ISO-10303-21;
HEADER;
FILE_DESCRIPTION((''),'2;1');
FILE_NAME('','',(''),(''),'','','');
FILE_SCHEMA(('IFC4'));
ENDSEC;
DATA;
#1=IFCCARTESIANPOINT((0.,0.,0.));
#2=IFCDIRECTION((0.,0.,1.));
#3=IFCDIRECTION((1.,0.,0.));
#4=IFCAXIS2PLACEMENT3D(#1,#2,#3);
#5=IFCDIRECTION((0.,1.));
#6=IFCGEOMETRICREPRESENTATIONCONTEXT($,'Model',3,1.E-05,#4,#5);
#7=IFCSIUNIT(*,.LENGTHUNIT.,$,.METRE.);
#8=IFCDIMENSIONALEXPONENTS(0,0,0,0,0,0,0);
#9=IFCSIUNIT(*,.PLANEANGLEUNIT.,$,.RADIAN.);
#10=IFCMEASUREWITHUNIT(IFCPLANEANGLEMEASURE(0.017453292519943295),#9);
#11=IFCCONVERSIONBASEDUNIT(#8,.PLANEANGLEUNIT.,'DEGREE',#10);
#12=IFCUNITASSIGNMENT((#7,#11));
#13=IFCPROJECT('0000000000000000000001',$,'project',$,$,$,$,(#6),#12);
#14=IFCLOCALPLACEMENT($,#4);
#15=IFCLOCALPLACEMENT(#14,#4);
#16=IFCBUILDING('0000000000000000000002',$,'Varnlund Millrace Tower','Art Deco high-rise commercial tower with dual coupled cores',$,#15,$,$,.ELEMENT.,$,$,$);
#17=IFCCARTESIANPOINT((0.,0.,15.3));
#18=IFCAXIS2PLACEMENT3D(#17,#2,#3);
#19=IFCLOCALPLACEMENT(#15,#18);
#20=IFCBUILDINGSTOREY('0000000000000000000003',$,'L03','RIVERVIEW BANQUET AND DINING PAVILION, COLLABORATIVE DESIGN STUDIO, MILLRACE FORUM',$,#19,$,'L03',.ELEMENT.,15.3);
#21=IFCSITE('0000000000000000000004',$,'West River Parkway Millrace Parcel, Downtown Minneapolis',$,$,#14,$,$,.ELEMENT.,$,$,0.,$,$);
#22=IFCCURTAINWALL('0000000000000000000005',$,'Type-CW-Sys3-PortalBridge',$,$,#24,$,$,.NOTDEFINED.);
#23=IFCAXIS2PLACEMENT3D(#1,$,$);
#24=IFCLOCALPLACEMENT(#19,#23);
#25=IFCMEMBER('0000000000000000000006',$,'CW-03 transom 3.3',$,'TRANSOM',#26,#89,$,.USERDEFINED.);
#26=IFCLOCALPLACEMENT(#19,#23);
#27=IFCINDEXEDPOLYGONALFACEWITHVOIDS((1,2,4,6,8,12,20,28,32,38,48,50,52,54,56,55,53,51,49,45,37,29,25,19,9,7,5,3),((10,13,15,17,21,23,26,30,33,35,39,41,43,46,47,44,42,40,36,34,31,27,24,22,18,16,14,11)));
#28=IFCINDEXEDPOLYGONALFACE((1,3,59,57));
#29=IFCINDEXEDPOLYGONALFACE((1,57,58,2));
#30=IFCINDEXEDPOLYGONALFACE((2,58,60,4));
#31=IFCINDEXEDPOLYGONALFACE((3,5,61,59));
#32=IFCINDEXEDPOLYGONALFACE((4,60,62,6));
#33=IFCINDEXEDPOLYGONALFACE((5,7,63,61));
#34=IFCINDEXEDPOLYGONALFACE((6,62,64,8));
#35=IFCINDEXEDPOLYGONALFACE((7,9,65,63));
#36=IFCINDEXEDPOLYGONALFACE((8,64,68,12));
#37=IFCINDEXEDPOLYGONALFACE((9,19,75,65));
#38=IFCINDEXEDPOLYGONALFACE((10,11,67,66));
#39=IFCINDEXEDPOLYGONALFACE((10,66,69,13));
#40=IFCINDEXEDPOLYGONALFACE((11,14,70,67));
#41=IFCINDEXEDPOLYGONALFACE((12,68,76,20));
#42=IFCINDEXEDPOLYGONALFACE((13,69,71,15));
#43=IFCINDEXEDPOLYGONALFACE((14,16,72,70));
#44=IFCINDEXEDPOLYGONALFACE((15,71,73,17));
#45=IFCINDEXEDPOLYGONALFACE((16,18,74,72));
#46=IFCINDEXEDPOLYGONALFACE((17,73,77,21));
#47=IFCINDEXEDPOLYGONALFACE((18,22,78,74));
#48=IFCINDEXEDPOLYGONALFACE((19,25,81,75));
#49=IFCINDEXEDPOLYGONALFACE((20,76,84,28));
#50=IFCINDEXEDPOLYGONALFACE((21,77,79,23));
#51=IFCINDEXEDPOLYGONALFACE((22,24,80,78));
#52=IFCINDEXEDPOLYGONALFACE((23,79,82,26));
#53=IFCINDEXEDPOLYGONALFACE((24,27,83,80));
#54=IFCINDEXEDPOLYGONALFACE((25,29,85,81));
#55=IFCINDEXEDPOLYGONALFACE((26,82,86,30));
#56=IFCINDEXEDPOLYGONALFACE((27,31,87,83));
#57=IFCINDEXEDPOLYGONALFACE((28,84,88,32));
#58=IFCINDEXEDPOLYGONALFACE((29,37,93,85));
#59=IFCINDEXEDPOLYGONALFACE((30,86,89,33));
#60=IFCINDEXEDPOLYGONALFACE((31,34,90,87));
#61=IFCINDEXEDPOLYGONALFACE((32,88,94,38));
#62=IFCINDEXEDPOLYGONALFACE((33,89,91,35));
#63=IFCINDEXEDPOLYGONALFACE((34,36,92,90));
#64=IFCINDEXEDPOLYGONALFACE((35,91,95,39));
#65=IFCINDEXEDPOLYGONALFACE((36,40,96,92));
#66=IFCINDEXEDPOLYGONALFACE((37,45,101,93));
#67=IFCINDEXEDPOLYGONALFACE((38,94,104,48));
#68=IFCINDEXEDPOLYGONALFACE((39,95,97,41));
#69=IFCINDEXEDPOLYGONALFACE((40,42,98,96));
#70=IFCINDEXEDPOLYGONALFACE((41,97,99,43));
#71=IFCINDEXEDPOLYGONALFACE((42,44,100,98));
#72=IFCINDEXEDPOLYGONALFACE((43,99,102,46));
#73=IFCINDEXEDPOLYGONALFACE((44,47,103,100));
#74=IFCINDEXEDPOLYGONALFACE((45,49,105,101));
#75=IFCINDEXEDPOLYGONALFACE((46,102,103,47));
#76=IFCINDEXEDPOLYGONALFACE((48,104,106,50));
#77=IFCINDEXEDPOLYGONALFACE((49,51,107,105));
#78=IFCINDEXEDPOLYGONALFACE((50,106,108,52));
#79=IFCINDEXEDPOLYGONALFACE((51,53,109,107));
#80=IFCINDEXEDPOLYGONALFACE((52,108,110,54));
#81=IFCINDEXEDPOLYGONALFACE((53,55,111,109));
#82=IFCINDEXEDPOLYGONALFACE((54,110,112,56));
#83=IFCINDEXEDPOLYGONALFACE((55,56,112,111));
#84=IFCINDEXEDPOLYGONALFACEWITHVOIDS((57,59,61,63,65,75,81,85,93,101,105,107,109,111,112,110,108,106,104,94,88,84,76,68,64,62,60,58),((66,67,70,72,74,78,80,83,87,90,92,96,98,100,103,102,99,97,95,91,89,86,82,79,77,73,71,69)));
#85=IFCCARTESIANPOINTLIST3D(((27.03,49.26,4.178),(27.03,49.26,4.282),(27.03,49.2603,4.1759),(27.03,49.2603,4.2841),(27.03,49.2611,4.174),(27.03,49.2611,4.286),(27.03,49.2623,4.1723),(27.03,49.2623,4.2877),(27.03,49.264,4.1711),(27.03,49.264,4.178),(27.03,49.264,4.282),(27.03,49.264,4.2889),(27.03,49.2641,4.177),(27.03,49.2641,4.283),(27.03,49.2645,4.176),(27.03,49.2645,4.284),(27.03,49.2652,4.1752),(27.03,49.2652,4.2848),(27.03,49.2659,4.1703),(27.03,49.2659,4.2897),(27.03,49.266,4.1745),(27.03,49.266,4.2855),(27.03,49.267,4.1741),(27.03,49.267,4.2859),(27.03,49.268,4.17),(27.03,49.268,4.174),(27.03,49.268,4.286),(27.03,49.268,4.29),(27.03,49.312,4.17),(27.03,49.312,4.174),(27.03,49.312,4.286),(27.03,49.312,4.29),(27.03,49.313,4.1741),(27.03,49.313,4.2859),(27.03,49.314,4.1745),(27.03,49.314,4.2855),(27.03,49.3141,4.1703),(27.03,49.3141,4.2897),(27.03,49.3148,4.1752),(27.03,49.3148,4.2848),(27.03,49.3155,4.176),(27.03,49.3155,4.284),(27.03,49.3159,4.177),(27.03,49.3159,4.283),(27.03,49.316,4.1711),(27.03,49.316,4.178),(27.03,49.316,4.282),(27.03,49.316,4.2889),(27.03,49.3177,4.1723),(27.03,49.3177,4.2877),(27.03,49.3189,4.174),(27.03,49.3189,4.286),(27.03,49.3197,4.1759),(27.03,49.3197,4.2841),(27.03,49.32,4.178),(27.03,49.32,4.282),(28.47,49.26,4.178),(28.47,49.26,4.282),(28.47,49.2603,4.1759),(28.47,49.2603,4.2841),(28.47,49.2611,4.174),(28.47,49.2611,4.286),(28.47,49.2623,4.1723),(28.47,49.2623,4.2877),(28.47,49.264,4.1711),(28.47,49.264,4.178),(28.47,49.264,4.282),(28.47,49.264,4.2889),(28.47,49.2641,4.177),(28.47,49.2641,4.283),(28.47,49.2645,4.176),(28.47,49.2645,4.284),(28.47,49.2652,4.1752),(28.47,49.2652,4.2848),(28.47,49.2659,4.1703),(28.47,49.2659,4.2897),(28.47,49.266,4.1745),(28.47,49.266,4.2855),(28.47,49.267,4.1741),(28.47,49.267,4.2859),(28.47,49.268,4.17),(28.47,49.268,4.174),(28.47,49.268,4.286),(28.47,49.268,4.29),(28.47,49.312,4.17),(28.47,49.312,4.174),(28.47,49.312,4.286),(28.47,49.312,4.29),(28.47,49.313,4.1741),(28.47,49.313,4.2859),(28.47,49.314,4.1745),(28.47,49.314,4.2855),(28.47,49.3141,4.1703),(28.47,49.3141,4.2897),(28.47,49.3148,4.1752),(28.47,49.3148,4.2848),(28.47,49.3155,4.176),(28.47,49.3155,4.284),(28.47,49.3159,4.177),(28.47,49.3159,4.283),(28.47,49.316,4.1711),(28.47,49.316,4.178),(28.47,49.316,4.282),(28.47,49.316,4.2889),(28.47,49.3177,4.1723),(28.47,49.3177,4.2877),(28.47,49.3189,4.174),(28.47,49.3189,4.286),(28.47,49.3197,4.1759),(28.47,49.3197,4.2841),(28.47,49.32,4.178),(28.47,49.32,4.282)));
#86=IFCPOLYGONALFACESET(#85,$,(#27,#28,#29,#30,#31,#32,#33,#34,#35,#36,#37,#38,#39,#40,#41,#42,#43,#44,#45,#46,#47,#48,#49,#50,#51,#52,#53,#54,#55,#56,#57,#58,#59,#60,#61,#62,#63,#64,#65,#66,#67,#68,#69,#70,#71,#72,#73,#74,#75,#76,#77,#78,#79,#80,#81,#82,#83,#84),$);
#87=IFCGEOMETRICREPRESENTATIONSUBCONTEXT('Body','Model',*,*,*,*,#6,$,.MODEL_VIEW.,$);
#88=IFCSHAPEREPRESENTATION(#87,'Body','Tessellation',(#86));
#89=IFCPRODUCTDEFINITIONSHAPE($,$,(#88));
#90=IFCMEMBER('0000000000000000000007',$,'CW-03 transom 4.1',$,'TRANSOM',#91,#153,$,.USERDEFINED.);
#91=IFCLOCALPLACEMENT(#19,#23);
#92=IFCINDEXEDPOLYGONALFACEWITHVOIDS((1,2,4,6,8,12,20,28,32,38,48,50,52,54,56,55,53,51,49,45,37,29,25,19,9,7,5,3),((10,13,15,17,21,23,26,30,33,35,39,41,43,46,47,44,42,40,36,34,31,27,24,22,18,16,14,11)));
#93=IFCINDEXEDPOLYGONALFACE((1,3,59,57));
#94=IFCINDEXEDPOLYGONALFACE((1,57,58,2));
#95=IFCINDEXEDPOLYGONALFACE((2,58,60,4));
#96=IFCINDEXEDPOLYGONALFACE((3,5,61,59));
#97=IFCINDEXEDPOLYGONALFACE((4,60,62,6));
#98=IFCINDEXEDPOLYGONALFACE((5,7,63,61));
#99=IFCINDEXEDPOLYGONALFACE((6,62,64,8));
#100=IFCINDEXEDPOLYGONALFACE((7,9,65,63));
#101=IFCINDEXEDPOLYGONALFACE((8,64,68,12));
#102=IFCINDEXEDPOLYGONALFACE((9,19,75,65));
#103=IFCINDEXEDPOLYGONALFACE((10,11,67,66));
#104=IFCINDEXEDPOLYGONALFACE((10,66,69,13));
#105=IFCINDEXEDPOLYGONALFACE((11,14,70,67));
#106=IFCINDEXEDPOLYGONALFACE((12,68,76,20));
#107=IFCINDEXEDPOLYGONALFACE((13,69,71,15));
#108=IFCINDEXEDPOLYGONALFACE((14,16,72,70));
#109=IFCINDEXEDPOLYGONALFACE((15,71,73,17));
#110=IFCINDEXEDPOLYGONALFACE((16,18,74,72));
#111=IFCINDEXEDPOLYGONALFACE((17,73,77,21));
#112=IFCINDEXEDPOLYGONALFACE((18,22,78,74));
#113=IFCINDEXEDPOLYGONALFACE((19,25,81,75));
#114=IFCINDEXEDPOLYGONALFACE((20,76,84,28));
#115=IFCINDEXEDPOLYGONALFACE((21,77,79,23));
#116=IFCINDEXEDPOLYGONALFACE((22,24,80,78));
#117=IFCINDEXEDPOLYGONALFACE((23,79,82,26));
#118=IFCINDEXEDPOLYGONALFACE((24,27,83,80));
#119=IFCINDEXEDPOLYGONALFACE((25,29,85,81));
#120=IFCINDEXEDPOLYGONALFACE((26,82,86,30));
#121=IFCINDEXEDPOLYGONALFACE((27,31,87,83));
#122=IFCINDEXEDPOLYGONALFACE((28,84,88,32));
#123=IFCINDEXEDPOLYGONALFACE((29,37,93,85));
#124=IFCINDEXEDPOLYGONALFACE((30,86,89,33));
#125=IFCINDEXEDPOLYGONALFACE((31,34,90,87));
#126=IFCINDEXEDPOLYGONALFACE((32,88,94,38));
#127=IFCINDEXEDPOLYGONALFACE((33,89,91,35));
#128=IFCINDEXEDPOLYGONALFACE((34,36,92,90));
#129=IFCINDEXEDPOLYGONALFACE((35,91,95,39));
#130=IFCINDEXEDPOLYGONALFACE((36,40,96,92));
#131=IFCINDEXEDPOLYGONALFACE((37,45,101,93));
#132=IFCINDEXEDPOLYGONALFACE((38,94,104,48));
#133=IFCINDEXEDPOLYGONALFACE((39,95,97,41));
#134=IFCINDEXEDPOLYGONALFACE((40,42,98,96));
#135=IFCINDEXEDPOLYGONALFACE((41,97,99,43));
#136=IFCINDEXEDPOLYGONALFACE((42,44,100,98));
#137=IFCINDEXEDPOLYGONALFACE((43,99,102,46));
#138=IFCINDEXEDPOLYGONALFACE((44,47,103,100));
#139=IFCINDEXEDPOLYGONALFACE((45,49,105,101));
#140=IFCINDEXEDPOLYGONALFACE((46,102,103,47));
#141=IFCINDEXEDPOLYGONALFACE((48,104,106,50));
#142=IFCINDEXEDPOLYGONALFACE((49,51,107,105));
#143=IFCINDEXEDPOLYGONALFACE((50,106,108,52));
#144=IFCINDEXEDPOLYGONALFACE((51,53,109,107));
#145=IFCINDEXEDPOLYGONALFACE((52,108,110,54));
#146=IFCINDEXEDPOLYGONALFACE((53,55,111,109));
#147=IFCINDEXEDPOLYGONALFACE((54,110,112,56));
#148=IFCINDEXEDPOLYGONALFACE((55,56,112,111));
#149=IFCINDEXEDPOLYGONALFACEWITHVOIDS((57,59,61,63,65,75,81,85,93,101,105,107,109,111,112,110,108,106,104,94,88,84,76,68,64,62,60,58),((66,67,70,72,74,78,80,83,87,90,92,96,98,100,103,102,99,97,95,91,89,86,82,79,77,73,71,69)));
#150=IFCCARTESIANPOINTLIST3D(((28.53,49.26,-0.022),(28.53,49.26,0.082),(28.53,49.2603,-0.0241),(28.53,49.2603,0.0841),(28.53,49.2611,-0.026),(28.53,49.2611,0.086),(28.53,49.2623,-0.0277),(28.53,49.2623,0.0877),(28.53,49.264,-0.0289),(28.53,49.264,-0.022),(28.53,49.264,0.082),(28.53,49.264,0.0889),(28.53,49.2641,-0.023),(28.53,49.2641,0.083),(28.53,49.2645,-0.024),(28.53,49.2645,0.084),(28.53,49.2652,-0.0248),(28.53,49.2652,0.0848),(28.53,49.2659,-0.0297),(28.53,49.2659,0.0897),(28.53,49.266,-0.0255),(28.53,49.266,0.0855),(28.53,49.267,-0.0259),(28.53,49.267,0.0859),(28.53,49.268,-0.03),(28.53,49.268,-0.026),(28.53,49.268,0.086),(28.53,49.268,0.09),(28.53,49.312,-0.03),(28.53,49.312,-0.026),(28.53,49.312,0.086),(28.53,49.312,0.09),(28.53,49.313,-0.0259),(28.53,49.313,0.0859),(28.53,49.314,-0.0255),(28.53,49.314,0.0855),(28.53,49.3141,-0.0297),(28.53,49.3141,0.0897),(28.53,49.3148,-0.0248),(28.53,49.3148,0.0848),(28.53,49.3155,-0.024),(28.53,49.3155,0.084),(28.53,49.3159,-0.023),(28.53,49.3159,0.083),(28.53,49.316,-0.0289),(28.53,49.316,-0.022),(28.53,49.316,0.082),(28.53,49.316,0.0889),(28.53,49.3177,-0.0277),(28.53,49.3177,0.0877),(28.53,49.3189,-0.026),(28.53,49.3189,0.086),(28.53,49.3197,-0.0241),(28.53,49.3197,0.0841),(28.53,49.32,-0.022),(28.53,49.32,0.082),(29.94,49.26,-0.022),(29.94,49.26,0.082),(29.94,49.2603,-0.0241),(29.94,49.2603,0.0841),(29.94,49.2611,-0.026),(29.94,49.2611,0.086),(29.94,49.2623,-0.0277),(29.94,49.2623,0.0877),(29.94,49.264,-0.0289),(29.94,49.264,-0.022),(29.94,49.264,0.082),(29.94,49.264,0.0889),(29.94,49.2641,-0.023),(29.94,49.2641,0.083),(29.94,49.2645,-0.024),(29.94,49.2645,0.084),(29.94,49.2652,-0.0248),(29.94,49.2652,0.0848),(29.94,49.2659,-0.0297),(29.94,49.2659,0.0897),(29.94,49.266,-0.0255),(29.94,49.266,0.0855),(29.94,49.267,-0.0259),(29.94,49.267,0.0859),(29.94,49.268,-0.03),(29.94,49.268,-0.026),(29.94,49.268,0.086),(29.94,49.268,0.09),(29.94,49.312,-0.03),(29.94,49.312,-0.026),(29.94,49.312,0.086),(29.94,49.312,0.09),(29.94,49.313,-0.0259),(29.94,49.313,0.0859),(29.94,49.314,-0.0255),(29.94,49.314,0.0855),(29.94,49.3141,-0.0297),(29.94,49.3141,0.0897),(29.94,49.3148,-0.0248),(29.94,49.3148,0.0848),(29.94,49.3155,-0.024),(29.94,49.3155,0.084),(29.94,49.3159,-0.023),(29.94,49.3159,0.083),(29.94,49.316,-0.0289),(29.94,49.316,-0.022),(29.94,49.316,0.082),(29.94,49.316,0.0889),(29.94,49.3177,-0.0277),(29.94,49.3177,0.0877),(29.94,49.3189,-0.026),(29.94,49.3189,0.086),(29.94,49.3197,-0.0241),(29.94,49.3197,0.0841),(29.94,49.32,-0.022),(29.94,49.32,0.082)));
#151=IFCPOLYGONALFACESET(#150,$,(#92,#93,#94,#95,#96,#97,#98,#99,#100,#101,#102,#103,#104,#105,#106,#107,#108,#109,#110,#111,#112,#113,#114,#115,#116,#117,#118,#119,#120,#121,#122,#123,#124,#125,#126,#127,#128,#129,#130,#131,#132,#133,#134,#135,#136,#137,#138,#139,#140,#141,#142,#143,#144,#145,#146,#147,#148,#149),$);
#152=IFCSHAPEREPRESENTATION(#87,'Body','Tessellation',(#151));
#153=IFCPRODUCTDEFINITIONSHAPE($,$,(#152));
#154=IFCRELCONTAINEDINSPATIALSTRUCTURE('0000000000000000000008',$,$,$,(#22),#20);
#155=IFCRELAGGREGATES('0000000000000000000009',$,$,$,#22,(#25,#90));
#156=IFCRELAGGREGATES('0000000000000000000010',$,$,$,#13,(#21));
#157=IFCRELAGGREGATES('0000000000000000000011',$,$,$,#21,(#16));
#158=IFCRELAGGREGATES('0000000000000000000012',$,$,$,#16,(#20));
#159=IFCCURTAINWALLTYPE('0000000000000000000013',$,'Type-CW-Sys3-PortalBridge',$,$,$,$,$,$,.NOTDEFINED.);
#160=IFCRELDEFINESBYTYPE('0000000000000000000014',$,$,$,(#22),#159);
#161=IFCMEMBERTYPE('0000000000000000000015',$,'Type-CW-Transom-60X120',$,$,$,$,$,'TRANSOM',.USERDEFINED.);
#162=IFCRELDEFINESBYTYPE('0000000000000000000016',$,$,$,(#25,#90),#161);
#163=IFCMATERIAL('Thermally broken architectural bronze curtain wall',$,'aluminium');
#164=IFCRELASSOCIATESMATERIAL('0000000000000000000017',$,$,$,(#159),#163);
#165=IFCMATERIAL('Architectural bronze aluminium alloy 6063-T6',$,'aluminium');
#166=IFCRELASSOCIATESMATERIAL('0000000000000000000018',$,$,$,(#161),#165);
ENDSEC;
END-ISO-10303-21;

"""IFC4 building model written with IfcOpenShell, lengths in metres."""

from ifc_helpers import new_model, entity, si_unit, converted_unit, direction, frame, origin_with_axes, origin_2d_with_axis, place, context, subcontext, project, spatial, hollow_rectangle, extrude, material, material_profile, profile_set, type_object, element, aggregate, save


model = new_model("IFC4")

# Units and contexts
model_context = context("Model", 3, precision=1e-05, world=origin_with_axes(), true_north=direction((0.0, 1.0)))
body_context = subcontext(model_context, "Body", "Model", "MODEL_VIEW")
ifc_project = project(units=[si_unit("LENGTHUNIT", "METRE"), converted_unit("PLANEANGLEUNIT", "DEGREE", entity("IfcPlaneAngleMeasure", 0.017453292519943295), si_unit("PLANEANGLEUNIT", "RADIAN"), dimensions=[0, 0, 0, 0, 0, 0, 0])], contexts=[model_context])

# Site, building, storey
site_placement = place(None, origin_with_axes())
site = spatial("IfcSite", under=ifc_project, at=site_placement, Name="West River Parkway Millrace Parcel, Downtown Minneapolis", CompositionType="ELEMENT", RefElevation=0.0)
building_placement = place(site_placement, origin_with_axes())
building = spatial("IfcBuilding", under=site, at=building_placement, Name="Varnlund Millrace Tower", Description="Art Deco high-rise commercial tower with dual coupled cores", CompositionType="ELEMENT")
storey_placement = place(building_placement, frame((0.0, 0.0, 15.3), z_axis=(0.0, 0.0, 1.0), x_axis=(1.0, 0.0, 0.0)))
storey = spatial("IfcBuildingStorey", under=building, at=storey_placement, Name="L03", Description="RIVERVIEW BANQUET AND DINING PAVILION, COLLABORATIVE DESIGN STUDIO, MILLRACE FORUM", LongName="L03", CompositionType="ELEMENT", Elevation=15.3)

# Curtain wall, members
ifc_material_1 = material(Name="Thermally broken architectural bronze curtain wall", Category="aluminium")
curtain_wall_type = type_object("IfcCurtainWallType", Name="Type-CW-Sys3-PortalBridge", PredefinedType="NOTDEFINED", material=ifc_material_1)
curtain_wall_placement = place(storey_placement, frame((24.0, 49.29, 0.0), z_axis=(0.0, 0.0, 1.0), x_axis=(1.0, 0.0, 0.0)))
curtain_wall = element("IfcCurtainWall", 1, at=curtain_wall_placement, inside=storey, type_object=curtain_wall_type, Name="Type-CW-Sys3-PortalBridge", PredefinedType="NOTDEFINED")
ifc_material_2 = material(Name="Architectural bronze aluminium alloy 6063-T6", Category="aluminium")
ifc_material_profile_1 = material_profile(ifc_material_2, hollow_rectangle(XDim=0.06, YDim=0.12, WallThickness=0.004, InnerFilletRadius=0.004, OuterFilletRadius=0.008, at=origin_2d_with_axis()), Name="Architectural bronze aluminium alloy 6063-T6")
ifc_profile_set_1 = profile_set([ifc_material_profile_1], Name="Architectural bronze aluminium alloy 6063-T6")
member_type_1 = type_object("IfcMemberType", Name="Type-CW-Transom-60X120", ElementType="TRANSOM", PredefinedType="USERDEFINED", material=ifc_profile_set_1)
member_1_placement = place(storey_placement, frame((27.03, 49.29, 4.23), z_axis=(1.0, 0.0, 0.0), x_axis=(0.0, 1.0, 0.0)))
member_1 = element("IfcMember", 2, at=member_1_placement, type_object=member_type_1, Name="CW-03 transom 3.3", ObjectType="TRANSOM", PredefinedType="USERDEFINED", context=body_context, shape_type="SweptSolid", body=[
    extrude(hollow_rectangle(XDim=0.06, YDim=0.12, WallThickness=0.004, InnerFilletRadius=0.004, OuterFilletRadius=0.008, at=origin_2d_with_axis()), origin_with_axes(), (0.0, 0.0, 1.0), 1.44),
])
member_2_placement = place(storey_placement, frame((28.53, 49.29, 0.03), z_axis=(1.0, 0.0, 0.0), x_axis=(0.0, 1.0, 0.0)))
member_2 = element("IfcMember", 3, at=member_2_placement, type_object=member_type_1, Name="CW-03 transom 4.1", ObjectType="TRANSOM", PredefinedType="USERDEFINED", context=body_context, shape_type="SweptSolid", body=[
    extrude(hollow_rectangle(XDim=0.06, YDim=0.12, WallThickness=0.004, InnerFilletRadius=0.004, OuterFilletRadius=0.008, at=origin_2d_with_axis()), origin_with_axes(), (0.0, 0.0, 1.0), 1.41),
])
aggregate(curtain_wall, [member_1, member_2])

save(model, "model.ifc")
